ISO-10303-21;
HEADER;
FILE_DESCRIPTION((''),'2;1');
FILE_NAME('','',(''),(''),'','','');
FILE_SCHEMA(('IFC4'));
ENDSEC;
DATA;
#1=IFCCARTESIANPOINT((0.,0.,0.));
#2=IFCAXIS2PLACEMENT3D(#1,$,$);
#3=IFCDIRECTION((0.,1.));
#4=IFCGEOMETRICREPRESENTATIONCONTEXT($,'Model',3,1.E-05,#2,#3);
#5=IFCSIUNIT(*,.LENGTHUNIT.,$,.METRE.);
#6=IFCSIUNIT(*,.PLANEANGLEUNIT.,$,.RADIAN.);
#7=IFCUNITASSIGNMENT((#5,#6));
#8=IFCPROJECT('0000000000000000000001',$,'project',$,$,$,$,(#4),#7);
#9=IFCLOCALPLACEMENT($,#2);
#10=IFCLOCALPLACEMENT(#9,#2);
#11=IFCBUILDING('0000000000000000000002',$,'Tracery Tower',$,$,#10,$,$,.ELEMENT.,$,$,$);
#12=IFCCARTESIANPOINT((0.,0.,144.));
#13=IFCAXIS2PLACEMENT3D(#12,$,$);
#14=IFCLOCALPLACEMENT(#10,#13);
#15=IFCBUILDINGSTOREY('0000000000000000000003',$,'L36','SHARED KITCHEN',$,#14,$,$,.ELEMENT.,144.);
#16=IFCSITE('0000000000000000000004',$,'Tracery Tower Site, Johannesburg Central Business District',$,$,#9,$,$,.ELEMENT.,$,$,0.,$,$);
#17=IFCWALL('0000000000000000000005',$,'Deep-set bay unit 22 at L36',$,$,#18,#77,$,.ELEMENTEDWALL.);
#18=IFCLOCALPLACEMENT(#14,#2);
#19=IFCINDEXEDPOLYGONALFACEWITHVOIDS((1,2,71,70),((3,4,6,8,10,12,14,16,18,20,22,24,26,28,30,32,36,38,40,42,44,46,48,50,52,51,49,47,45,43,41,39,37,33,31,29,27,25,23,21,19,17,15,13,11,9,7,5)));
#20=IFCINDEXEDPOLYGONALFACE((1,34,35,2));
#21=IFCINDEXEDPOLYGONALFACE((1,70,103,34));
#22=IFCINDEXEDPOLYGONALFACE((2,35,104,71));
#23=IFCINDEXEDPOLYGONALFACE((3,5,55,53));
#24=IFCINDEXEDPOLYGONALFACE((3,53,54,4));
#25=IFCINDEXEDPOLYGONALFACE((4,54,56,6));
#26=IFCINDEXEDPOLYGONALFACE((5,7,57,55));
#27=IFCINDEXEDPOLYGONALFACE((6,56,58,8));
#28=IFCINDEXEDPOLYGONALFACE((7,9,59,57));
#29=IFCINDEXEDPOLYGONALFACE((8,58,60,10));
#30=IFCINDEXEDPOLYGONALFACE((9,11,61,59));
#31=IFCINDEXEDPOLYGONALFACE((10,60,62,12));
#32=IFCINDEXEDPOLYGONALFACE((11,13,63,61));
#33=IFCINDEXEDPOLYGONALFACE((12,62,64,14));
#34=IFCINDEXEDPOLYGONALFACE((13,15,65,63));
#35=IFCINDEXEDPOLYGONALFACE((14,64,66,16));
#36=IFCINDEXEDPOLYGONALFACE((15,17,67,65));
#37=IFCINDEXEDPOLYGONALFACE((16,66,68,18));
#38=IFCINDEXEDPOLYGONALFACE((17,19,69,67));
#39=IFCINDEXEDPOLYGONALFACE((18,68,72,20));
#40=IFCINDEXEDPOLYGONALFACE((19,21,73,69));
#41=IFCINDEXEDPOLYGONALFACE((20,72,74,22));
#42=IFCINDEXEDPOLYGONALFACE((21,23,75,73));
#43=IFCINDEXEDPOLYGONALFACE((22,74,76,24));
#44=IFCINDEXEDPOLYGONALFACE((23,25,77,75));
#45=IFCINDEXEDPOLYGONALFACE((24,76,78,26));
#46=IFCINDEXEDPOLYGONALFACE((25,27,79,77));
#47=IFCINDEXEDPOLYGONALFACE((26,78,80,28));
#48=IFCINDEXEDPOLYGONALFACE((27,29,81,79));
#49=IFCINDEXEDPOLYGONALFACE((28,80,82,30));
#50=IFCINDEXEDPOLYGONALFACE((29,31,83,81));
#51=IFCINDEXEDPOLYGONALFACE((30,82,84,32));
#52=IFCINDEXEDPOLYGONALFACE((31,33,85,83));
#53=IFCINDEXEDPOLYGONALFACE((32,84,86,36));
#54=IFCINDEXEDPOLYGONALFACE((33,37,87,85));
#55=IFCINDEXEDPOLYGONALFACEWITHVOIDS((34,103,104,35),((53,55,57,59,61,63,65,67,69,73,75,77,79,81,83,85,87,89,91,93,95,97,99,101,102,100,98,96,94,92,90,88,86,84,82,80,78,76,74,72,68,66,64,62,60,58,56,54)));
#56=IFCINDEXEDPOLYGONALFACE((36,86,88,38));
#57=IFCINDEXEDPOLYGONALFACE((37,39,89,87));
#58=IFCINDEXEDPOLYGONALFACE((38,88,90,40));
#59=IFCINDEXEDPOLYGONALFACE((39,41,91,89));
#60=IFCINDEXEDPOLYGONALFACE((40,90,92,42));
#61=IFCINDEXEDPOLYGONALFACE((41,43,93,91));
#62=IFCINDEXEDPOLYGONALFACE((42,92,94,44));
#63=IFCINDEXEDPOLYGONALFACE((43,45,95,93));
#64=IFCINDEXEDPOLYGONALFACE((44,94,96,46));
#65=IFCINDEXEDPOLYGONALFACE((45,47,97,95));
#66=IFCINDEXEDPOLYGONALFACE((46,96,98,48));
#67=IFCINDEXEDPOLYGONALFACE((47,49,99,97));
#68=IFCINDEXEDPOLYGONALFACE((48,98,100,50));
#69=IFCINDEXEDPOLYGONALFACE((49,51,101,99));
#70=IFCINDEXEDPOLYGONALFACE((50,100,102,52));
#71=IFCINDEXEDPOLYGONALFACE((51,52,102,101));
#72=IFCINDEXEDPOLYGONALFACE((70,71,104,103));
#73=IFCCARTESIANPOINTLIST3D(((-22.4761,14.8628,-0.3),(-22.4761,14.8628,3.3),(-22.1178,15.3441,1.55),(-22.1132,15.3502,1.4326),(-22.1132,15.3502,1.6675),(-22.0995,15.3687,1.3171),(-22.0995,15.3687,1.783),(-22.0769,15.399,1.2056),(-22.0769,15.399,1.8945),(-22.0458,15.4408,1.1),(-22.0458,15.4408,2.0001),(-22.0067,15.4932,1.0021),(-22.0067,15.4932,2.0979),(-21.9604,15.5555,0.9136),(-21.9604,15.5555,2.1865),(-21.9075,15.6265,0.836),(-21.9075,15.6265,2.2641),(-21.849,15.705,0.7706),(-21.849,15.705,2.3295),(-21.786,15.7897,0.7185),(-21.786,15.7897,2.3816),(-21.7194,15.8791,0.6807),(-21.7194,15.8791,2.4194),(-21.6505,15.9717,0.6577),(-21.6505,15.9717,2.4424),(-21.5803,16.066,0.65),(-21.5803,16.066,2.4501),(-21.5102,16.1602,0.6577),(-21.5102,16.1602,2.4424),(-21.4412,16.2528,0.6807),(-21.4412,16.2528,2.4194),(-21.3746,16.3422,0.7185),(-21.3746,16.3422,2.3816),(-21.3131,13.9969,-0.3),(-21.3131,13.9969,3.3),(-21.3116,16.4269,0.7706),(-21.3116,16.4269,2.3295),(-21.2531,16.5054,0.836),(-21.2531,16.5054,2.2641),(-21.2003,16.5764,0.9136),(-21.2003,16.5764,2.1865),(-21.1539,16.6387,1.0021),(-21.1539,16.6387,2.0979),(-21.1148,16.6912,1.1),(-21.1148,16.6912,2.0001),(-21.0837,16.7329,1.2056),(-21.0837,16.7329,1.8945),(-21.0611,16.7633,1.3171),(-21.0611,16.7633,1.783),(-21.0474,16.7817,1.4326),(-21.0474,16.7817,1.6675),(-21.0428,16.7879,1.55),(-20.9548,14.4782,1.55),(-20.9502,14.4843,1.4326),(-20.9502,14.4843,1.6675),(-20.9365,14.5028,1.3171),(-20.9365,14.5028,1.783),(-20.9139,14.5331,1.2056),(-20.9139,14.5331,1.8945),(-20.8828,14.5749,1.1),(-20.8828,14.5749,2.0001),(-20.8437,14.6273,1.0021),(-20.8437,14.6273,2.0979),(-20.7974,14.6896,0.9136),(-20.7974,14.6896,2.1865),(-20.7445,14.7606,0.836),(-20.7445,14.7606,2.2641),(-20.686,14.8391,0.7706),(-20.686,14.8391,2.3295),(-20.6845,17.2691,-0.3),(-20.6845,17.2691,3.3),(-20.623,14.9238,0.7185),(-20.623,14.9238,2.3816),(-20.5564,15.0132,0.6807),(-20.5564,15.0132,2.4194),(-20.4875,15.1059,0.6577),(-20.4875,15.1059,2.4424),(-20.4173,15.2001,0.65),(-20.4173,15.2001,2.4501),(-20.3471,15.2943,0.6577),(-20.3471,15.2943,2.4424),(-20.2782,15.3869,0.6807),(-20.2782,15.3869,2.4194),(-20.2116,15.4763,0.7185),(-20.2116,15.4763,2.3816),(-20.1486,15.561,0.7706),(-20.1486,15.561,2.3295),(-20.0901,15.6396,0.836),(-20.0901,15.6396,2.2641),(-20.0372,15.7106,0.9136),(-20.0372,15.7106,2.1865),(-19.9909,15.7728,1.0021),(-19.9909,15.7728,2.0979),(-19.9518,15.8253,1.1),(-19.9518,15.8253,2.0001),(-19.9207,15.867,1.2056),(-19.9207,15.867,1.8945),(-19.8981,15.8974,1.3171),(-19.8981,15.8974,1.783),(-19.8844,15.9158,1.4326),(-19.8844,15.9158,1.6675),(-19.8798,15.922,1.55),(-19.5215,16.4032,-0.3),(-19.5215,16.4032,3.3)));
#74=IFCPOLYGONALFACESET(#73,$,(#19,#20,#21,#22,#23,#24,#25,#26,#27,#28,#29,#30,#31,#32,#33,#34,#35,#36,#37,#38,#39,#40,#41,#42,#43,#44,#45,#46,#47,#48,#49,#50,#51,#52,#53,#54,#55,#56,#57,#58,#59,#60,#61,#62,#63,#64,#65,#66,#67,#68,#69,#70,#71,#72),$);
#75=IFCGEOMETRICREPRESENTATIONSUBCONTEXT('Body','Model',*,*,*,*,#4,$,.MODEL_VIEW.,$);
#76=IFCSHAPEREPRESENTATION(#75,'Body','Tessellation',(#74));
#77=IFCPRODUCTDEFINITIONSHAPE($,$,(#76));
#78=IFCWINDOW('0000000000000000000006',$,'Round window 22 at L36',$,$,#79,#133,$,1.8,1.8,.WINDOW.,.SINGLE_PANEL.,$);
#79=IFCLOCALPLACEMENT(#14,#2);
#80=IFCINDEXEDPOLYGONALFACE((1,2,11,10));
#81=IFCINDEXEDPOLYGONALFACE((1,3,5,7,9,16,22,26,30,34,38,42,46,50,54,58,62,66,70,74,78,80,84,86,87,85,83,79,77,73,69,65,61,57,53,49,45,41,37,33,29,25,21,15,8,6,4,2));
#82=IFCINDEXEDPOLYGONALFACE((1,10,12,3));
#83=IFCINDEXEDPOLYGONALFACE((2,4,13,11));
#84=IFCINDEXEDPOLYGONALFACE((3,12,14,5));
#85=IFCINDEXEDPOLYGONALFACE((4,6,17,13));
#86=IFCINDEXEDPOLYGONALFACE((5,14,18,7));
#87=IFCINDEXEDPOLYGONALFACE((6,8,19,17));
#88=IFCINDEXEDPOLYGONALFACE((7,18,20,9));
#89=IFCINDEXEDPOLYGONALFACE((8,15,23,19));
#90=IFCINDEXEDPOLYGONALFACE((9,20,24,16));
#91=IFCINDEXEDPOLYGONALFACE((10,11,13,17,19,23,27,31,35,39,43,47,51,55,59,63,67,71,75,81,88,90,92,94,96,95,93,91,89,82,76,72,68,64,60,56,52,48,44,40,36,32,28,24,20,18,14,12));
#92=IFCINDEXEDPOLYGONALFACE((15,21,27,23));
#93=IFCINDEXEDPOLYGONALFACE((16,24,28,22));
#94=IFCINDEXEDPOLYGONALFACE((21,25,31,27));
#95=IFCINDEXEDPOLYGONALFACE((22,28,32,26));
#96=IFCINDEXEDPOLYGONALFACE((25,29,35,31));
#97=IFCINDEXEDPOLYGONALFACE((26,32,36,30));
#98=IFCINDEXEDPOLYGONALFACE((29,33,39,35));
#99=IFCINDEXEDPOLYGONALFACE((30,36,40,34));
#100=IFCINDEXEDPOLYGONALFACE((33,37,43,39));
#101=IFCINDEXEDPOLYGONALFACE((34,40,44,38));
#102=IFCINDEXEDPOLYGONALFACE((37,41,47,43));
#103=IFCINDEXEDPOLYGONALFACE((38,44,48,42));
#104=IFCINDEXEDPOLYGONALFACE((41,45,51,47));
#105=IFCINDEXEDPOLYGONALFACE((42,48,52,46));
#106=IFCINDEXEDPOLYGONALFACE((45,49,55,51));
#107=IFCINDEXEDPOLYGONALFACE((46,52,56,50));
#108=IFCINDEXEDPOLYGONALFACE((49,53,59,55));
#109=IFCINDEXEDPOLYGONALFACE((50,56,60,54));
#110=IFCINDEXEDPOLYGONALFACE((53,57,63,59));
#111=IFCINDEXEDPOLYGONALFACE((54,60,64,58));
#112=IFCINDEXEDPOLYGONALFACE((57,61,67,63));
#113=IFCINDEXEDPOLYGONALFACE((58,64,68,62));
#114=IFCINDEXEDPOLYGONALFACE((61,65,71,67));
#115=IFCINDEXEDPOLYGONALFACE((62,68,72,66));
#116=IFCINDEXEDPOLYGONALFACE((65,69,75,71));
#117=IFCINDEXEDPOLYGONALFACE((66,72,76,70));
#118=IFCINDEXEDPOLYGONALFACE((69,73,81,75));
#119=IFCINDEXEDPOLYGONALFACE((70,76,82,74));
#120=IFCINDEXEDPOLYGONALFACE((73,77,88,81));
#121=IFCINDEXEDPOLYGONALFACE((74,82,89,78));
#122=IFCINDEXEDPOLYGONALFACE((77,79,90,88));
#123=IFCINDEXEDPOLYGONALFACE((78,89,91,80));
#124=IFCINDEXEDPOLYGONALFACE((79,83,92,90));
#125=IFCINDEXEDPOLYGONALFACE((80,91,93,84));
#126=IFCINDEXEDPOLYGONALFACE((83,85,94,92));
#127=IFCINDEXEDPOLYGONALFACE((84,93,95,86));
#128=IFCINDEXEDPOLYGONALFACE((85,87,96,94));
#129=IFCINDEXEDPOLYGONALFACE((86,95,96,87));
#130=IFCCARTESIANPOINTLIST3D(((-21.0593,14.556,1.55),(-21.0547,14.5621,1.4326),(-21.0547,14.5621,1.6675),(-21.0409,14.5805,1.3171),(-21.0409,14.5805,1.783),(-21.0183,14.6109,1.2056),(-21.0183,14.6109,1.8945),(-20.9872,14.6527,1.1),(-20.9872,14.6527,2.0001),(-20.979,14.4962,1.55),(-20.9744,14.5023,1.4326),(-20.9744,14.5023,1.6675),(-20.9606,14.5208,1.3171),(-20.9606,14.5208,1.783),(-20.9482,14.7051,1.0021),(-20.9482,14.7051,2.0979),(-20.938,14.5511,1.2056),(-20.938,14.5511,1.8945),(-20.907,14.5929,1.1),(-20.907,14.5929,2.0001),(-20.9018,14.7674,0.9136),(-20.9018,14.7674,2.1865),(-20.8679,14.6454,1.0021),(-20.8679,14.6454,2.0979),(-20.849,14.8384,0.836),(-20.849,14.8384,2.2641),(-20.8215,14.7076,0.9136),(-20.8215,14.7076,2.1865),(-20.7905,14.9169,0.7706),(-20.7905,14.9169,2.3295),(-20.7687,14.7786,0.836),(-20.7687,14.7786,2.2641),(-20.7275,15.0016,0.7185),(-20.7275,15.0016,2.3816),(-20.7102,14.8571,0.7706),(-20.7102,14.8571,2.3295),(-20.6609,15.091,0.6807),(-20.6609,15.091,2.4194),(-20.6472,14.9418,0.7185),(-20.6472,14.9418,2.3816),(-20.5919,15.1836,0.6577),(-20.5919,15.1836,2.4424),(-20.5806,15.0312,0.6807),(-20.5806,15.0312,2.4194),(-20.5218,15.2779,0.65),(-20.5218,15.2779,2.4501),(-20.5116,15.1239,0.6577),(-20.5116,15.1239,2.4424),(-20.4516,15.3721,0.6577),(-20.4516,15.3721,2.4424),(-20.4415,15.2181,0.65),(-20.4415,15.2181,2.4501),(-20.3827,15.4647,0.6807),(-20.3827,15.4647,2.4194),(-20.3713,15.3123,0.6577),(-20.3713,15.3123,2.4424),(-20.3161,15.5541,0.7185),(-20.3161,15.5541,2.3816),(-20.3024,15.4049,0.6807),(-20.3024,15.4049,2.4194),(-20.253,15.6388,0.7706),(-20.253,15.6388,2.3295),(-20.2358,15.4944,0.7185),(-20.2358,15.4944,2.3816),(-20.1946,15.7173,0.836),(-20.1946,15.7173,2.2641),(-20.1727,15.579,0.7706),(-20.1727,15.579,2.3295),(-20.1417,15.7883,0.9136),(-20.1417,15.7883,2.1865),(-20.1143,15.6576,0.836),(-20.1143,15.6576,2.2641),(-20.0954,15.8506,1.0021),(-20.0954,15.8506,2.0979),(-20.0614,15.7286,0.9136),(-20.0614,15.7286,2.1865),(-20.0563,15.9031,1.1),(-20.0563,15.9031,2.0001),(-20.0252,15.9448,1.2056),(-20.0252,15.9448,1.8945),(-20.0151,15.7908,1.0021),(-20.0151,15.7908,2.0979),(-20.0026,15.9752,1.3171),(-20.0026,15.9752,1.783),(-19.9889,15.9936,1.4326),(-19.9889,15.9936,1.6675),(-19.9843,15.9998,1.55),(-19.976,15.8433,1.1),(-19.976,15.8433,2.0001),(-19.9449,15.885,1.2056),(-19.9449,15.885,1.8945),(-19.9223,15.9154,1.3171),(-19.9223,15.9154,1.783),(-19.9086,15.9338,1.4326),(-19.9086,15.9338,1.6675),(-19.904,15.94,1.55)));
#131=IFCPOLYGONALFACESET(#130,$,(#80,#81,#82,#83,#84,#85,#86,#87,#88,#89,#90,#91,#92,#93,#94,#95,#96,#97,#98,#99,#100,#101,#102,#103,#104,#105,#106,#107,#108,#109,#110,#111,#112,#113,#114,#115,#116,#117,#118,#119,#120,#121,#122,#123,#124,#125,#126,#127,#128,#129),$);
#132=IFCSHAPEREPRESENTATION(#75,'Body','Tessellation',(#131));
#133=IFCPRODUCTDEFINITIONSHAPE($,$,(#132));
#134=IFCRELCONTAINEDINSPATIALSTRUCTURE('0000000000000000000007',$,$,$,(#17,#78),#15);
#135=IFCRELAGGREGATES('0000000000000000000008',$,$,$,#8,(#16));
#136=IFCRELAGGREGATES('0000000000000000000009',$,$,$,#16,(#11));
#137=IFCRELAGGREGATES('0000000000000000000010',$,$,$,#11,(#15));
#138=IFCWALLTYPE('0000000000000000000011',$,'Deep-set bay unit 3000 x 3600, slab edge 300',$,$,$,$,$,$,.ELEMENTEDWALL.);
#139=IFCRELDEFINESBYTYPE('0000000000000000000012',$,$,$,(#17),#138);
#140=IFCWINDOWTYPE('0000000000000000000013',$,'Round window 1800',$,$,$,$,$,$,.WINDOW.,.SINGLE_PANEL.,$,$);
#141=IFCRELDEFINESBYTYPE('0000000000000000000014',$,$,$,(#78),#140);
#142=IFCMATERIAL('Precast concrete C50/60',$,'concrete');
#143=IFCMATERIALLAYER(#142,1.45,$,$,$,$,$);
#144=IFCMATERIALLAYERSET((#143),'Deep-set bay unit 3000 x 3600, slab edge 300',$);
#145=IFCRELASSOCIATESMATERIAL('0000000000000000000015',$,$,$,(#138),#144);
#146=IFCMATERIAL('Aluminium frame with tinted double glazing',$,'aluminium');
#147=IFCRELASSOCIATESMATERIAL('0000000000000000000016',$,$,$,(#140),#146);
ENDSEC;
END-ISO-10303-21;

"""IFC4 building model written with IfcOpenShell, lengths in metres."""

from ifc_helpers import new_model, si_unit, direction, frame, frame_2d, origin, origin_2d, place, context, subcontext, project, spatial, rectangle, circle, extrude, material, layer, layer_set, type_object, element, fill, save


model = new_model("IFC4")

# Units and contexts
model_context = context("Model", 3, precision=1e-05, world=origin(), true_north=direction((0.0, 1.0)))
body_context = subcontext(model_context, "Body", "Model", "MODEL_VIEW")
ifc_project = project(units=[si_unit("LENGTHUNIT", "METRE"), si_unit("PLANEANGLEUNIT", "RADIAN")], contexts=[model_context])

# Site, building, storey
site_placement = place(None, origin())
site = spatial("IfcSite", under=ifc_project, at=site_placement, Name="Tracery Tower Site, Johannesburg Central Business District", CompositionType="ELEMENT", RefElevation=0.0)
building_placement = place(site_placement, origin())
building = spatial("IfcBuilding", under=site, at=building_placement, Name="Tracery Tower", CompositionType="ELEMENT")
storey_placement = place(building_placement, frame((0.0, 0.0, 144.0)))
storey = spatial("IfcBuildingStorey", under=building, at=storey_placement, Name="L36", Description="SHARED KITCHEN", CompositionType="ELEMENT", Elevation=144.0)

# Wall, opening, window
ifc_material_1 = material(Name="Precast concrete C50/60", Category="concrete")
ifc_layer_1 = layer(ifc_material_1, 1.45)
ifc_layer_set_1 = layer_set([ifc_layer_1], Name="Deep-set bay unit 3000 x 3600, slab edge 300")
wall_type_1 = type_object("IfcWallType", Name="Deep-set bay unit 3000 x 3600, slab edge 300", PredefinedType="ELEMENTEDWALL", material=ifc_layer_set_1)
ifc_material_2 = material(Name="Aluminium frame with tinted double glazing", Category="aluminium")
window_type = type_object("IfcWindowType", Name="Round window 1800", PartitioningType="SINGLE_PANEL", PredefinedType="WINDOW", material=ifc_material_2)
wall_1_placement = place(storey_placement, frame((-20.103, 16.8362, -0.3), z_axis=(0.0, 0.0, 1.0), x_axis=(-0.597184, -0.802104, 0.0)))
wall_1 = element("IfcWall", 1, at=wall_1_placement, inside=storey, type_object=wall_type_1, Name="Deep-set bay unit 22 at L36", PredefinedType="ELEMENTEDWALL", context=body_context, shape_type="SweptSolid", body=[
    extrude(rectangle(XDim=3.0, YDim=1.45, at=frame_2d((1.5, 0.0))), origin(), (0.0, 0.0, 1.0), 3.6001),
])
opening_1_placement = place(wall_1_placement, frame((1.5, 0.0, 1.8501)))
opening_1 = element("IfcOpeningElement", 2, at=opening_1_placement, cuts=wall_1, PredefinedType="OPENING", context=body_context, shape_type="SweptSolid", body=[
    extrude(circle(Radius=0.9, at=origin_2d()), frame((0.0, 0.7349, 0.0), z_axis=(0.0, -1.0, 0.0), x_axis=(1.0, 0.0, 0.0)), (0.0, 0.0, 1.0), 1.47),
])
window_1_placement = place(opening_1_placement, origin())
window_1 = element("IfcWindow", 3, at=window_1_placement, inside=storey, type_object=window_type, Name="Round window 22 at L36", OverallHeight=1.8, OverallWidth=1.8, PartitioningType="SINGLE_PANEL", PredefinedType="WINDOW", context=body_context, shape_type="SweptSolid", body=[
    extrude(circle(Radius=0.9, at=origin_2d()), frame((0.0, 0.6948, 0.0), z_axis=(0.0, -1.0, 0.0), x_axis=(1.0, 0.0, 0.0)), (0.0, 0.0, 1.0), 0.1001),
])
fill(opening_1, window_1)

save(model, "model.ifc")
